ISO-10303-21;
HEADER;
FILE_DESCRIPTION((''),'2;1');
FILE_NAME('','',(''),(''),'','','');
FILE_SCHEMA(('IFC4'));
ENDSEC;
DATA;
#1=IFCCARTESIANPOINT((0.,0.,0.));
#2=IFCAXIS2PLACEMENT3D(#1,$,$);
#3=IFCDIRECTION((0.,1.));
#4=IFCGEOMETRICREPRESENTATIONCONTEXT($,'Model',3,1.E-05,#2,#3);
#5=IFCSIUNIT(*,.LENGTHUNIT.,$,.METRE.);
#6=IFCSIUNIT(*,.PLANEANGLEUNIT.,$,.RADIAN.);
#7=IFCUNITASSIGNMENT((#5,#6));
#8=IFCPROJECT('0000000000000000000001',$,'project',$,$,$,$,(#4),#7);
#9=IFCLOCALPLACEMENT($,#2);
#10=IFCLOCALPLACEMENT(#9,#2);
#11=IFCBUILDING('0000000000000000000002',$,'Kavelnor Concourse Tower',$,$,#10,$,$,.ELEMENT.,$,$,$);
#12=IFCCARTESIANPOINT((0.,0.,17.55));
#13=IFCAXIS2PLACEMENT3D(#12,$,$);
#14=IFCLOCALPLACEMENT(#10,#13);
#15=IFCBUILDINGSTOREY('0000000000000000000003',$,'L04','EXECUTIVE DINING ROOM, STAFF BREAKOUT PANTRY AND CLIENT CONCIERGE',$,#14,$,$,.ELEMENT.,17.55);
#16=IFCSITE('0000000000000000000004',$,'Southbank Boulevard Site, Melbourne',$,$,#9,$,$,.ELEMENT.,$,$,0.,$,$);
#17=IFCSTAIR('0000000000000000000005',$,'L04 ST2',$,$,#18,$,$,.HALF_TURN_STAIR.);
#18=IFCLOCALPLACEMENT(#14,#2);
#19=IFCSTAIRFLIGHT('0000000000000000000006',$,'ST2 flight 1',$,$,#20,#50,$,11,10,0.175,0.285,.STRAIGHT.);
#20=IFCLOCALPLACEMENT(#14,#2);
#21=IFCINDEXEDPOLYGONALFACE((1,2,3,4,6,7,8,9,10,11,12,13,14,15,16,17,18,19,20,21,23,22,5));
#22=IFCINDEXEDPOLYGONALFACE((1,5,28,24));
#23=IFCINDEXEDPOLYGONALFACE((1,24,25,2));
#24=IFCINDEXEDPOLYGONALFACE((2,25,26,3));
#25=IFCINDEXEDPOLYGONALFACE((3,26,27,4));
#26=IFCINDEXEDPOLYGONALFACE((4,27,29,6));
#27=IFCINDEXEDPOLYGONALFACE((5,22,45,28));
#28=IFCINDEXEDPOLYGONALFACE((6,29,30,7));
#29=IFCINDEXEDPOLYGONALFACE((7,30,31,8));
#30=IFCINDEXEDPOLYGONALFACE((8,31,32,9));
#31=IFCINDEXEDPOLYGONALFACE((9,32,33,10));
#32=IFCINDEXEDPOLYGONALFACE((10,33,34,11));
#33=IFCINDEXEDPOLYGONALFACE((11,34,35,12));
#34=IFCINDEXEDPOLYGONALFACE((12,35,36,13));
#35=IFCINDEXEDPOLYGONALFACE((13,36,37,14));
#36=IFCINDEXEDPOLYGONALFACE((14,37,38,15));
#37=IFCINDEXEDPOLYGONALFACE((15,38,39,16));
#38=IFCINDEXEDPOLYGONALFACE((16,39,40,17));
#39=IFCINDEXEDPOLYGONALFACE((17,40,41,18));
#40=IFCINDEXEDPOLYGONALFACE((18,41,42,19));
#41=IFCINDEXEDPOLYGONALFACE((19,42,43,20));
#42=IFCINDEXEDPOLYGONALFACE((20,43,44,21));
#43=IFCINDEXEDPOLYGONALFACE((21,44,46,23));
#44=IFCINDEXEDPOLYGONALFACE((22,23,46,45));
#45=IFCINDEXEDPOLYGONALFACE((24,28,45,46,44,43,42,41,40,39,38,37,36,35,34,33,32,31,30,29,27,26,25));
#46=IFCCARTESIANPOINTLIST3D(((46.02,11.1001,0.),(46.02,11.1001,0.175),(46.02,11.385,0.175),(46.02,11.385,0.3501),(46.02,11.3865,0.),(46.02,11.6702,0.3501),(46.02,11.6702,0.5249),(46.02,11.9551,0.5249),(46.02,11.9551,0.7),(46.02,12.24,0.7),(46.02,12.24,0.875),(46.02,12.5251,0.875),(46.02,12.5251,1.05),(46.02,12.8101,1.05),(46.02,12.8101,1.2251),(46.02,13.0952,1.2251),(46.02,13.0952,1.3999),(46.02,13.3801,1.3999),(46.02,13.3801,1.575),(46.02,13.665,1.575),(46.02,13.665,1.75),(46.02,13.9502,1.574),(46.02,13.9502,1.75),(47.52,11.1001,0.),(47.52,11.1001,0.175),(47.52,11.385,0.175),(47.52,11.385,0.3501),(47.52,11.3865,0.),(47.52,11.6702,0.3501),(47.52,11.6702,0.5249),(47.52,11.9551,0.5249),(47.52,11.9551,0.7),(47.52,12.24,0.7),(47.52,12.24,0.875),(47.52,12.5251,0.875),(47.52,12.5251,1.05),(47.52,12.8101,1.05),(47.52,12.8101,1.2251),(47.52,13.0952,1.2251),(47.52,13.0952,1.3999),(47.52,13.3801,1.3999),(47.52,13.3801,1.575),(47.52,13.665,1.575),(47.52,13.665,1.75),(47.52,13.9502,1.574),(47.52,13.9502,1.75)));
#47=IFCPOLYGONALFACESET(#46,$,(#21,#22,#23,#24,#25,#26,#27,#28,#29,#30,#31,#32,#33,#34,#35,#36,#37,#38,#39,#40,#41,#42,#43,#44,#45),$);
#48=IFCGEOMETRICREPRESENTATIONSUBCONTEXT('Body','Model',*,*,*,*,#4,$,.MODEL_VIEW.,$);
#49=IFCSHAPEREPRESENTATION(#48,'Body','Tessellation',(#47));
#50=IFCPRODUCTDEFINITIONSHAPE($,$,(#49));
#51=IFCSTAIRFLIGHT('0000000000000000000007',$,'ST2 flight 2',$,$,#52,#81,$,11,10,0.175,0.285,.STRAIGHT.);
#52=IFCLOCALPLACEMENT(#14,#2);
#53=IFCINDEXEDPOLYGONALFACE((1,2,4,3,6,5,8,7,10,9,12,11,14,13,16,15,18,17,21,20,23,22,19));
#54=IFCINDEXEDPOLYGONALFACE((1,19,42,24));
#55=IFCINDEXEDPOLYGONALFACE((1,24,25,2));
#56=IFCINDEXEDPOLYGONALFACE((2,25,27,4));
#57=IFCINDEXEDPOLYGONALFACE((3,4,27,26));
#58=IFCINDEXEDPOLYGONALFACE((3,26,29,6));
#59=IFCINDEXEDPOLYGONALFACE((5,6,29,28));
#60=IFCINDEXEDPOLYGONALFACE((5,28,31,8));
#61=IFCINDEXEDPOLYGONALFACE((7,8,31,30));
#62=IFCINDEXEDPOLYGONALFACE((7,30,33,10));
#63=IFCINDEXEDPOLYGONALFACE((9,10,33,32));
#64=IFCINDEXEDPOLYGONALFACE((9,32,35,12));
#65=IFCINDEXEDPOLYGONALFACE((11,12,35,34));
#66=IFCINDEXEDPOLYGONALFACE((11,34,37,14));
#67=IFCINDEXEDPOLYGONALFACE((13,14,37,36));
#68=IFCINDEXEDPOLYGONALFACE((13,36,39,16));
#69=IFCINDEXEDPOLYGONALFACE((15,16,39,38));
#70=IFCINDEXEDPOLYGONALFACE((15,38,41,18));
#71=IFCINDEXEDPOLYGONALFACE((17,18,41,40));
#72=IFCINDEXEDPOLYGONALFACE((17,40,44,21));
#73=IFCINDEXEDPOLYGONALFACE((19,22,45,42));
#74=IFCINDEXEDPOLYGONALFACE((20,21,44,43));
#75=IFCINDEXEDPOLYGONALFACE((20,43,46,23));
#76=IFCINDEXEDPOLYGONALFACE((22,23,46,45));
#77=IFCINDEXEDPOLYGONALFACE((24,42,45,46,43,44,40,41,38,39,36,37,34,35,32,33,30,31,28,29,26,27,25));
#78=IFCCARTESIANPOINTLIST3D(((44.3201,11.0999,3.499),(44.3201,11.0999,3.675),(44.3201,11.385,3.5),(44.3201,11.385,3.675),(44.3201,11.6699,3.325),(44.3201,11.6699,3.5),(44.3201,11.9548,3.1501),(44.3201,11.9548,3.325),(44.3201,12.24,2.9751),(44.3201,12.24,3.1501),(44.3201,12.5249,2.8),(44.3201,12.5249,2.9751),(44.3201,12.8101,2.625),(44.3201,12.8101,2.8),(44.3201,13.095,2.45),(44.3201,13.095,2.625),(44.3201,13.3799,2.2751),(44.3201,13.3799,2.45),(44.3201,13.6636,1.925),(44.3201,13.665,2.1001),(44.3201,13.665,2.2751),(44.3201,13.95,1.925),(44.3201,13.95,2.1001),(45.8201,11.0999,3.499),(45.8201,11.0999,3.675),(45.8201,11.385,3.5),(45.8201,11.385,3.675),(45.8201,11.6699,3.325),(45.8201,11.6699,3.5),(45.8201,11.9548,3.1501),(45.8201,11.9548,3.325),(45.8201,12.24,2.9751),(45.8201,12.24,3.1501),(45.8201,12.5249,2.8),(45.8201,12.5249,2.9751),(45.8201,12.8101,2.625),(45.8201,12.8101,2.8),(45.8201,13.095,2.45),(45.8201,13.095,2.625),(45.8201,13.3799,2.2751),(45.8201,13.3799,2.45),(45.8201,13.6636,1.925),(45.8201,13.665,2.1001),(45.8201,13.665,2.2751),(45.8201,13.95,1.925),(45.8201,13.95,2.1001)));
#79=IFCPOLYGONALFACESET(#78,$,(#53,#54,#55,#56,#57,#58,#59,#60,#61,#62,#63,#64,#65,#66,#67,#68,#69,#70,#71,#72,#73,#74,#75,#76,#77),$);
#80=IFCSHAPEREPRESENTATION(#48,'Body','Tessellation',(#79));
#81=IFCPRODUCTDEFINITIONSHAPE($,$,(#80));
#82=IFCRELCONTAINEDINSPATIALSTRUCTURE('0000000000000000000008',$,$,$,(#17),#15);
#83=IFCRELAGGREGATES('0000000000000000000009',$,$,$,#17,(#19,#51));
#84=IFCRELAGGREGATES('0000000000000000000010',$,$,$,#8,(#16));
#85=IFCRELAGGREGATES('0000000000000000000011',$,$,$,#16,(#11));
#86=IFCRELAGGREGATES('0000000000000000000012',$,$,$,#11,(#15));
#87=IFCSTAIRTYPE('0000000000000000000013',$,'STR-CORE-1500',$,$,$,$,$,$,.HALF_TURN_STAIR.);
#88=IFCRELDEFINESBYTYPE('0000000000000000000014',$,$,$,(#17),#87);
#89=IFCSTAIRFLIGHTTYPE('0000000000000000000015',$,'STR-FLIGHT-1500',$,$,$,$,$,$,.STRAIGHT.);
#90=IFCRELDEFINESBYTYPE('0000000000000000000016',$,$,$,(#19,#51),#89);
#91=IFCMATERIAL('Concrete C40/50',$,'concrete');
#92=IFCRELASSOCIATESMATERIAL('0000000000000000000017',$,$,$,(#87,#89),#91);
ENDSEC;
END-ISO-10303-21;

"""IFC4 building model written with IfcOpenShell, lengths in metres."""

from ifc_helpers import new_model, si_unit, direction, frame, origin, place, context, subcontext, project, spatial, polyline, outline, extrude, material, type_object, element, aggregate, save


model = new_model("IFC4")

# Units and contexts
model_context = context("Model", 3, precision=1e-05, world=origin(), true_north=direction((0.0, 1.0)))
body_context = subcontext(model_context, "Body", "Model", "MODEL_VIEW")
ifc_project = project(units=[si_unit("LENGTHUNIT", "METRE"), si_unit("PLANEANGLEUNIT", "RADIAN")], contexts=[model_context])

# Site, building, storey
site_placement = place(None, origin())
site = spatial("IfcSite", under=ifc_project, at=site_placement, Name="Southbank Boulevard Site, Melbourne", CompositionType="ELEMENT", RefElevation=0.0)
building_placement = place(site_placement, origin())
building = spatial("IfcBuilding", under=site, at=building_placement, Name="Kavelnor Concourse Tower", CompositionType="ELEMENT")
storey_placement = place(building_placement, frame((0.0, 0.0, 17.55)))
storey = spatial("IfcBuildingStorey", under=building, at=storey_placement, Name="L04", Description="EXECUTIVE DINING ROOM, STAFF BREAKOUT PANTRY AND CLIENT CONCIERGE", CompositionType="ELEMENT", Elevation=17.55)

# Stair, stair flights
ifc_material_1 = material(Name="Concrete C40/50", Category="concrete")
stair_type = type_object("IfcStairType", Name="STR-CORE-1500", PredefinedType="HALF_TURN_STAIR", material=ifc_material_1)
stair_placement = place(storey_placement, origin())
stair = element("IfcStair", 1, at=stair_placement, inside=storey, type_object=stair_type, Name="L04 ST2", PredefinedType="HALF_TURN_STAIR")
stair_flight_type = type_object("IfcStairFlightType", Name="STR-FLIGHT-1500", PredefinedType="STRAIGHT", material=ifc_material_1)
stair_flight_1_placement = place(storey_placement, frame((46.77, 11.1001, 0.0), z_axis=(0.0, 0.0, 1.0), x_axis=(0.0, 1.0, 0.0)))
stair_flight_1 = element("IfcStairFlight", 2, at=stair_flight_1_placement, type_object=stair_flight_type, Name="ST2 flight 1", NumberOfRisers=11, NumberOfTreads=10, PredefinedType="STRAIGHT", RiserHeight=0.175, TreadLength=0.285, context=body_context, shape_type="SweptSolid", body=[
    extrude(outline(polyline([(0.0, 0.0), (0.0, 0.175), (0.2849, 0.175), (0.2849, 0.3501), (0.5701, 0.3501), (0.5701, 0.5249), (0.855, 0.5249), (0.855, 0.7), (1.1399, 0.7), (1.1399, 0.875), (1.425, 0.875), (1.425, 1.05), (1.71, 1.05), (1.71, 1.2251), (1.9951, 1.2251), (1.9951, 1.3999), (2.28, 1.3999), (2.28, 1.575), (2.5649, 1.575), (2.5649, 1.75), (2.8501, 1.75), (2.8501, 1.925), (2.8501, 1.574), (0.2864, 0.0), (0.0, 0.0)])), frame((0.0, 0.75, 0.0), z_axis=(0.0, -1.0, 0.0), x_axis=(1.0, 0.0, 0.0)), (0.0, 0.0, 1.0), 1.5),
])
stair_flight_2_placement = place(storey_placement, frame((45.0701, 13.95, 1.925), z_axis=(0.0, 0.0, 1.0), x_axis=(0.0, -1.0, 0.0)))
stair_flight_2 = element("IfcStairFlight", 3, at=stair_flight_2_placement, type_object=stair_flight_type, Name="ST2 flight 2", NumberOfRisers=11, NumberOfTreads=10, PredefinedType="STRAIGHT", RiserHeight=0.175, TreadLength=0.285, context=body_context, shape_type="SweptSolid", body=[
    extrude(outline(polyline([(0.0, 0.0), (0.0, 0.175), (0.2849, 0.175), (0.2849, 0.3501), (0.5701, 0.3501), (0.5701, 0.5249), (0.855, 0.5249), (0.855, 0.7), (1.1399, 0.7), (1.1399, 0.875), (1.425, 0.875), (1.425, 1.05), (1.71, 1.05), (1.71, 1.2251), (1.9951, 1.2251), (1.9951, 1.3999), (2.28, 1.3999), (2.28, 1.575), (2.5649, 1.575), (2.5649, 1.75), (2.8501, 1.75), (2.8501, 1.925), (2.8501, 1.574), (0.2864, 0.0), (0.0, 0.0)])), frame((0.0, 0.75, 0.0), z_axis=(0.0, -1.0, 0.0), x_axis=(1.0, 0.0, 0.0)), (0.0, 0.0, 1.0), 1.5),
])
aggregate(stair, [stair_flight_1, stair_flight_2])

save(model, "model.ifc")
